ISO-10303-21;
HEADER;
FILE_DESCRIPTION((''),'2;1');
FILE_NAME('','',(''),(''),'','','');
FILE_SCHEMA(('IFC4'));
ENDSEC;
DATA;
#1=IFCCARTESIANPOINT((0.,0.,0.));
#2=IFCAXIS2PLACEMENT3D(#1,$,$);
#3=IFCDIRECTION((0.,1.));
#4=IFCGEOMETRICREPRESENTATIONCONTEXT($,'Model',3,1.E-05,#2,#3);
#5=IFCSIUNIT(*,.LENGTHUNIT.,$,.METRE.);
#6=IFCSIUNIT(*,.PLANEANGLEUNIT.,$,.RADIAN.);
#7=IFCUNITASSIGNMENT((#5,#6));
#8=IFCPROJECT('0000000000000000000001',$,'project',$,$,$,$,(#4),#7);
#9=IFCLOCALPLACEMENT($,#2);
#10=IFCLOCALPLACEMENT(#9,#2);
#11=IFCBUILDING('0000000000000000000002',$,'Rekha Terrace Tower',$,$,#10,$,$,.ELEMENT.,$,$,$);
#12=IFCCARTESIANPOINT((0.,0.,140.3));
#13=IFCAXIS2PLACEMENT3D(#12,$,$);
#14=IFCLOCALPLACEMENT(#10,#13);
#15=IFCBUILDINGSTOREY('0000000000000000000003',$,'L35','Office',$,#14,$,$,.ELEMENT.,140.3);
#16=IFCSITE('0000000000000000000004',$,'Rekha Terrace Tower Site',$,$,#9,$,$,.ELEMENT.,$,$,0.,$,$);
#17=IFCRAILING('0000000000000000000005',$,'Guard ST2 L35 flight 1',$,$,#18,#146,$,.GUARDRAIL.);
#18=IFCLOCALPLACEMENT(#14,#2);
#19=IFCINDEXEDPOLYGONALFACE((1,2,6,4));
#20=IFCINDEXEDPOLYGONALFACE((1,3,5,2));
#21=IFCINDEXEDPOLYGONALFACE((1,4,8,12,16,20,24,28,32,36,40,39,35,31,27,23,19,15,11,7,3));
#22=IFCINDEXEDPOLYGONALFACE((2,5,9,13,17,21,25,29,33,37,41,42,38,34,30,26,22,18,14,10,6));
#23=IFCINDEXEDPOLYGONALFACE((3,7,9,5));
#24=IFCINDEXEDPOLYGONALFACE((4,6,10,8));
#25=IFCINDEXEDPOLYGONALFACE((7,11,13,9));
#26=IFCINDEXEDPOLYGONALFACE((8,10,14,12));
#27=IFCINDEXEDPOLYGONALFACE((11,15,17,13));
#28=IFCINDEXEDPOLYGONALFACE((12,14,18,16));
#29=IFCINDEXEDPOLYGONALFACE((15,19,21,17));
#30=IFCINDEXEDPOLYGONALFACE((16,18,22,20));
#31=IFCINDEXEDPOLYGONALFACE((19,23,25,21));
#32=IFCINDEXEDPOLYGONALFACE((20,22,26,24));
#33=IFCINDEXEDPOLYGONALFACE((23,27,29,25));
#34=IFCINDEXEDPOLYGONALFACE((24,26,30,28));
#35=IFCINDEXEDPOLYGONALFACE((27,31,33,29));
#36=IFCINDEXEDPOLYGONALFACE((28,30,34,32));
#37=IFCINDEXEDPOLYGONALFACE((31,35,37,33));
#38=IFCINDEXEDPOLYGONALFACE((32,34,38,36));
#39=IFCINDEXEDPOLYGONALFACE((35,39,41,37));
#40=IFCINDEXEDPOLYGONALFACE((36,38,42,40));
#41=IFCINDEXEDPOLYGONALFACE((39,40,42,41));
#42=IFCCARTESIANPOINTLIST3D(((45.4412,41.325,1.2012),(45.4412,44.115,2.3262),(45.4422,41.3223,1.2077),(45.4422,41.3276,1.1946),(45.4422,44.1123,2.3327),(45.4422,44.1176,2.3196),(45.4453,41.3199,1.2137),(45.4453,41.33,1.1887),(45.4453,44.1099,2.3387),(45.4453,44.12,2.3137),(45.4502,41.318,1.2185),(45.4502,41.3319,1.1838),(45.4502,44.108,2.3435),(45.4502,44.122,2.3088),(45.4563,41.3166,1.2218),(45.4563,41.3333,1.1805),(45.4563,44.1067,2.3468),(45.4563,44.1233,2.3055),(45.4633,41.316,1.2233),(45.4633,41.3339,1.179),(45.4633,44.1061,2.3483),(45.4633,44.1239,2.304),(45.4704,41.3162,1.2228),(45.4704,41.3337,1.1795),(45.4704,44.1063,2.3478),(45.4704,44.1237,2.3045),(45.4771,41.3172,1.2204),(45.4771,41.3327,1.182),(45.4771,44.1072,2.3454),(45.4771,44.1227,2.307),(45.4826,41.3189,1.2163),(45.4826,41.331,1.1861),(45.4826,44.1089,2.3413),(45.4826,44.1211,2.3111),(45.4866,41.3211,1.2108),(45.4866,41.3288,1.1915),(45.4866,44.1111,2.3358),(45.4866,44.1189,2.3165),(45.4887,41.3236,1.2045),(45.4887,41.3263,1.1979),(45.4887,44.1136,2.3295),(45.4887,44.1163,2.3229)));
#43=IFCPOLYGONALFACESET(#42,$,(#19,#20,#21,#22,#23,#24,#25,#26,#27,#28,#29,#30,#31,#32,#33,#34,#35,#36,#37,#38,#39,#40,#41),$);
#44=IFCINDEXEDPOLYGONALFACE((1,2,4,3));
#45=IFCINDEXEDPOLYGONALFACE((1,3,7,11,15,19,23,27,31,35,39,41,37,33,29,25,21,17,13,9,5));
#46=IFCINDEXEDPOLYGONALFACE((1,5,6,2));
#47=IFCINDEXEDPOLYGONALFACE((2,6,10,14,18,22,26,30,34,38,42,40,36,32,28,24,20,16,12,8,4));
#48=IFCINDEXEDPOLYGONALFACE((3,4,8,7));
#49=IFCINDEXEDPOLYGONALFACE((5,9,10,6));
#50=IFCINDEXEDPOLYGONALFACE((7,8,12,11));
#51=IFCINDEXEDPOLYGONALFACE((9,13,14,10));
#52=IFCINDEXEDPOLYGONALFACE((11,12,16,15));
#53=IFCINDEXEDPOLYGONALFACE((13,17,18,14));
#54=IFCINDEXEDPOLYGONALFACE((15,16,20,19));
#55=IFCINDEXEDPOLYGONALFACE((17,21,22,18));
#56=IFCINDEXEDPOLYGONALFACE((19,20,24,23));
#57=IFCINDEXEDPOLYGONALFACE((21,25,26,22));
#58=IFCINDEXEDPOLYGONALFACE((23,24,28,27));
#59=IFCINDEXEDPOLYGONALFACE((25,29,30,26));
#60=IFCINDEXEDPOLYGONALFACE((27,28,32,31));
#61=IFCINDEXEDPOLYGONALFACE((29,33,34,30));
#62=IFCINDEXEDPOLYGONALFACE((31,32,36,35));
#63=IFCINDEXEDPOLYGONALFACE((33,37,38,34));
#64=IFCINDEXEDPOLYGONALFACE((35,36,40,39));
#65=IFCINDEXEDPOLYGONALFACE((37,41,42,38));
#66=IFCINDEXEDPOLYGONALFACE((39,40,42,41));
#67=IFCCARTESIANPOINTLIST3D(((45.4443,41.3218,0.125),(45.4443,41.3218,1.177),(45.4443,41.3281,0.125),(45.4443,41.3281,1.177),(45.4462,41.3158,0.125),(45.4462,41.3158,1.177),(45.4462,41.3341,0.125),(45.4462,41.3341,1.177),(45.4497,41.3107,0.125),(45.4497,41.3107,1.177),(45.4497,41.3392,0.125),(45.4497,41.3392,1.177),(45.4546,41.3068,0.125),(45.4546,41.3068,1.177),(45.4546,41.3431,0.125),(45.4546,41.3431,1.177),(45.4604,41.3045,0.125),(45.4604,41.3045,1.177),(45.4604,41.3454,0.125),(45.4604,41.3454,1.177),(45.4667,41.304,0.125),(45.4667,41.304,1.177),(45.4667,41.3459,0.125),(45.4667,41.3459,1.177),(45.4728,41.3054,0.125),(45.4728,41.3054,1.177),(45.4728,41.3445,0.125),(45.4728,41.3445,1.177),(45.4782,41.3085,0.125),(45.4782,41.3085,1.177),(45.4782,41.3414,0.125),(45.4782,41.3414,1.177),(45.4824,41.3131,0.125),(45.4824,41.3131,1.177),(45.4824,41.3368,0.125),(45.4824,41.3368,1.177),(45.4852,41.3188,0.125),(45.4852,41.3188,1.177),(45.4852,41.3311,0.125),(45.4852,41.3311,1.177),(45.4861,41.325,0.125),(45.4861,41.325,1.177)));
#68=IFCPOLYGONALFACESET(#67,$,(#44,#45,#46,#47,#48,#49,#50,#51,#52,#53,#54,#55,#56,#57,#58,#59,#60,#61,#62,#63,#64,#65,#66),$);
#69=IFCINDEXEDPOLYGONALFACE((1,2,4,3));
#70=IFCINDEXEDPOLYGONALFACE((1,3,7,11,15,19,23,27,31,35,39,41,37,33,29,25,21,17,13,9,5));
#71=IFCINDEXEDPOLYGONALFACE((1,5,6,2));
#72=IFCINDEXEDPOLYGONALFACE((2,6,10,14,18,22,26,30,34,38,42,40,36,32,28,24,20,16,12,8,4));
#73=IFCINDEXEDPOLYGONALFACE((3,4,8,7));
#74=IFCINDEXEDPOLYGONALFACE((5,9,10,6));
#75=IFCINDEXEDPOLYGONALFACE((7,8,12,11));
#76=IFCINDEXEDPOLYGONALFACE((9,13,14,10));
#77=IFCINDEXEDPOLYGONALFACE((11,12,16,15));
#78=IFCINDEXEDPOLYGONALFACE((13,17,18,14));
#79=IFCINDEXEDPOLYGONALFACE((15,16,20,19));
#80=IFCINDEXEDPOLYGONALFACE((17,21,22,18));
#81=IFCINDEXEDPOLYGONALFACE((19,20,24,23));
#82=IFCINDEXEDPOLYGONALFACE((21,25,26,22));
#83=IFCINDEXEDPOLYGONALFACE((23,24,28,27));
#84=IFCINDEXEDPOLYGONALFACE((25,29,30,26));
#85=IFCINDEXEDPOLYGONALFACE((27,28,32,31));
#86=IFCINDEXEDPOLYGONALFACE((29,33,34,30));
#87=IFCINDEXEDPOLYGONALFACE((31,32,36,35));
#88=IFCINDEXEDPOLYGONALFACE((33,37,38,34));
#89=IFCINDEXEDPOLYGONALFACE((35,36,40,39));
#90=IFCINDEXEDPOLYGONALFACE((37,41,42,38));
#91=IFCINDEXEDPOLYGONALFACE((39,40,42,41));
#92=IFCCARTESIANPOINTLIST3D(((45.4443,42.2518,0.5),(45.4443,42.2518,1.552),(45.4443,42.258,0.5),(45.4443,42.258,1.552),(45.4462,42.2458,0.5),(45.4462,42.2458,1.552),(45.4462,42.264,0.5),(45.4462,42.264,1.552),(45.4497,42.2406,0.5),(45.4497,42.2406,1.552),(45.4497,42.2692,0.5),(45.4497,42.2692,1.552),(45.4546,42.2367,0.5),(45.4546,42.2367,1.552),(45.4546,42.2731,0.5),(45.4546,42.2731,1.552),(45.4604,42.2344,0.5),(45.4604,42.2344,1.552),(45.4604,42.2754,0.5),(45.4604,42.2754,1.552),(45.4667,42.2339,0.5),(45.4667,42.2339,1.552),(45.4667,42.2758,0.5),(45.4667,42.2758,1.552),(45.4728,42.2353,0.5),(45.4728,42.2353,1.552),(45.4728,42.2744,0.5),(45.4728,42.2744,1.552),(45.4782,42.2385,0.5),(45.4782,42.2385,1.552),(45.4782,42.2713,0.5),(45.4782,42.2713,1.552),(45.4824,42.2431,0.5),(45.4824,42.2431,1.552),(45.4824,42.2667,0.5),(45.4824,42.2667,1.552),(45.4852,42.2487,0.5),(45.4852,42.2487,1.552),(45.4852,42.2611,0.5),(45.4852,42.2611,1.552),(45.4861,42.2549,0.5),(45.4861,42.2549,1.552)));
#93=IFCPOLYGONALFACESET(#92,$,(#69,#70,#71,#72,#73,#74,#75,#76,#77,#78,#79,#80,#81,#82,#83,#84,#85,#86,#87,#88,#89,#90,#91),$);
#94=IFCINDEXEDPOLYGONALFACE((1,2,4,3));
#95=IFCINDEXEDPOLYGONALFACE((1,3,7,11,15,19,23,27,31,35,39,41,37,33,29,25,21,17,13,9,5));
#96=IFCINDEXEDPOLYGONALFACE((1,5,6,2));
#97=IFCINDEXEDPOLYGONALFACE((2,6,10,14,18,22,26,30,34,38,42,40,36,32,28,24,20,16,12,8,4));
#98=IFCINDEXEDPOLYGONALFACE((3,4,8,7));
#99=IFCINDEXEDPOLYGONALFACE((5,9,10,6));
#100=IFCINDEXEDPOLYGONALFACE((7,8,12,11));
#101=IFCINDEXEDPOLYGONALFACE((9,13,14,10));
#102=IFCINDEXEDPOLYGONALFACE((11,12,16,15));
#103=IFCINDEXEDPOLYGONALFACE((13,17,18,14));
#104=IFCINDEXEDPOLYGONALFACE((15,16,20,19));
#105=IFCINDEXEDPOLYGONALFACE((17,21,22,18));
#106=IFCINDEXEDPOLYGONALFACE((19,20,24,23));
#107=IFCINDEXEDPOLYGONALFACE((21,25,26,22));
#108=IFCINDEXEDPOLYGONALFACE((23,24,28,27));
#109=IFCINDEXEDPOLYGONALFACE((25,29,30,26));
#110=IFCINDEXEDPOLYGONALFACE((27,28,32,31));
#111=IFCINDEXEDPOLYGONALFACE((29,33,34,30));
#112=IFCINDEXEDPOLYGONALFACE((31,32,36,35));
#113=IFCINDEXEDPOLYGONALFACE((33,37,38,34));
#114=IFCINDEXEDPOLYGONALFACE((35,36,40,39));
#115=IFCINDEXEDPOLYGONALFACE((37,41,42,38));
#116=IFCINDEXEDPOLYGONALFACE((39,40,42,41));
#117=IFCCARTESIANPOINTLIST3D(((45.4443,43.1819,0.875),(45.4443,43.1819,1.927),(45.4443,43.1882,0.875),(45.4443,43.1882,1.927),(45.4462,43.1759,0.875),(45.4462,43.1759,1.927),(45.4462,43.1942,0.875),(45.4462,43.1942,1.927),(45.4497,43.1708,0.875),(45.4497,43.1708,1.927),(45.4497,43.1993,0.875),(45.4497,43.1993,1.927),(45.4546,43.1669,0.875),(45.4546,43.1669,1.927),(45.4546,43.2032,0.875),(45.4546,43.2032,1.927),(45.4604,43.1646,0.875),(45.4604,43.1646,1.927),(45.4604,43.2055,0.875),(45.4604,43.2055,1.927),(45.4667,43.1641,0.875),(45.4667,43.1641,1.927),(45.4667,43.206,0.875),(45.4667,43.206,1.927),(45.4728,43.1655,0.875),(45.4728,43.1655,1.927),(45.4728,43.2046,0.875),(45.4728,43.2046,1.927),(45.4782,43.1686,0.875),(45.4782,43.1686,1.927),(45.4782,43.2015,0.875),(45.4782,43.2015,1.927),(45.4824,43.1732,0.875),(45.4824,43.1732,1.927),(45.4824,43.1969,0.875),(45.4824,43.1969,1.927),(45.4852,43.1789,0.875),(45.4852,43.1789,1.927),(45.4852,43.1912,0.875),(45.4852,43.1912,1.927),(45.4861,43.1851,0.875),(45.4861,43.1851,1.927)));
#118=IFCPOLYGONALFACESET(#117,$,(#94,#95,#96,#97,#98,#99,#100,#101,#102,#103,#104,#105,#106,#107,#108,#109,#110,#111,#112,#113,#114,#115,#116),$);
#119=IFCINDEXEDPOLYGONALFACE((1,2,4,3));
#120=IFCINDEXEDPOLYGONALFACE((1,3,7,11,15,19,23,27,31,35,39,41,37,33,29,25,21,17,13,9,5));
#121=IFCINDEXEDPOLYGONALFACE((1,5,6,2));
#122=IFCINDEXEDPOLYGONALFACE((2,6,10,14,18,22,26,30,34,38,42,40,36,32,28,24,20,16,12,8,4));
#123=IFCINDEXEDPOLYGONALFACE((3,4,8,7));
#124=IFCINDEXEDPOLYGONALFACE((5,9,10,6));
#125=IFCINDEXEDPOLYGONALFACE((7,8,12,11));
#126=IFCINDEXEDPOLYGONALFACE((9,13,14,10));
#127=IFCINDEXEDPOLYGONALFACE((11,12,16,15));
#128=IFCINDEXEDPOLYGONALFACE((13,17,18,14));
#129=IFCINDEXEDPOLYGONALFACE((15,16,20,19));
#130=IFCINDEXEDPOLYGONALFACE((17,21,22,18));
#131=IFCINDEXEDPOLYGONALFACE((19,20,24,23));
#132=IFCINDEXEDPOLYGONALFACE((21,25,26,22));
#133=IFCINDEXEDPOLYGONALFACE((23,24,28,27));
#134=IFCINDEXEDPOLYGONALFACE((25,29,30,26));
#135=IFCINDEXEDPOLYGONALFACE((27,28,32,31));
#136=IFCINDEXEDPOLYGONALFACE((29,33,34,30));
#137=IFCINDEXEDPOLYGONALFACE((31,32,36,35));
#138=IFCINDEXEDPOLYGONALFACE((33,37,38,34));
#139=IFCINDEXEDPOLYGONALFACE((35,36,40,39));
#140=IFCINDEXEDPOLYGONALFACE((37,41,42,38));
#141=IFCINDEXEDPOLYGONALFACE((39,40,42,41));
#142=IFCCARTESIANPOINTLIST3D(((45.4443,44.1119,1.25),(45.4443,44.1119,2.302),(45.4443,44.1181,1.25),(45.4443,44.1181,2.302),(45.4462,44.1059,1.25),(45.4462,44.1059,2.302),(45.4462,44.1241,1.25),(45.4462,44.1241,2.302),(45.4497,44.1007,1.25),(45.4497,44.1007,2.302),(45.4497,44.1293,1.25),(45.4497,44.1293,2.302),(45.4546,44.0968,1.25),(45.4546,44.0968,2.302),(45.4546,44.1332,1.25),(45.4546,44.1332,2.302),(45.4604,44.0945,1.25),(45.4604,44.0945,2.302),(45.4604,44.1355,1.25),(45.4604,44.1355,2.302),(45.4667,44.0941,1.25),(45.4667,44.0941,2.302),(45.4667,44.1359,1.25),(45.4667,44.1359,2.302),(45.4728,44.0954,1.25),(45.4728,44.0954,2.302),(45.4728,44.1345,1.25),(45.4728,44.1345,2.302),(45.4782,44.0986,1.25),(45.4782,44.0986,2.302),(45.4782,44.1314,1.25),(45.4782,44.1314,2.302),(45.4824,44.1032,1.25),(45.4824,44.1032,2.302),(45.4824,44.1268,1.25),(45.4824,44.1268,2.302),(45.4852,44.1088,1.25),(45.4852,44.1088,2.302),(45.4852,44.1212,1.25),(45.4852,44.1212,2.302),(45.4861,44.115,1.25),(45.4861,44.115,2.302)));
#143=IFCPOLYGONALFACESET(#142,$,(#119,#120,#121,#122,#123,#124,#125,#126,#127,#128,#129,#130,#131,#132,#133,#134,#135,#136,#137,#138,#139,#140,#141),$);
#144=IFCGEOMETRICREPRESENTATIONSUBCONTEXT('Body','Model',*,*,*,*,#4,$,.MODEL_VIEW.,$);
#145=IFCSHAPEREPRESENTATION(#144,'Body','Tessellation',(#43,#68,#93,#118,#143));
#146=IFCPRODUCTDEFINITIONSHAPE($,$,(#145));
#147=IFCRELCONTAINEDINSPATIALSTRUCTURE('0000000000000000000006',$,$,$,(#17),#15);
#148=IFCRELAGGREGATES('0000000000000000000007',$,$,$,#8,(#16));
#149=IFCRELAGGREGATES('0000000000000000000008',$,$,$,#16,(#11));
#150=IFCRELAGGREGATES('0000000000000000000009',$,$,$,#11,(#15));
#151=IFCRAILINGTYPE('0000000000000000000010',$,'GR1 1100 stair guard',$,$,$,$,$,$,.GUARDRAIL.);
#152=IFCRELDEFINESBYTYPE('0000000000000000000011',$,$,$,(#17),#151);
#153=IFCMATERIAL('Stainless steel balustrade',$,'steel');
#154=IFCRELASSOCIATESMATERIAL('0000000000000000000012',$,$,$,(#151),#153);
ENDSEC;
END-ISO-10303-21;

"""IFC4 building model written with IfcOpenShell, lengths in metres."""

from ifc_helpers import new_model, si_unit, direction, frame, origin, origin_2d, place, context, subcontext, project, spatial, circle, extrude, material, type_object, element, save


model = new_model("IFC4")

# Units and contexts
model_context = context("Model", 3, precision=1e-05, world=origin(), true_north=direction((0.0, 1.0)))
body_context = subcontext(model_context, "Body", "Model", "MODEL_VIEW")
ifc_project = project(units=[si_unit("LENGTHUNIT", "METRE"), si_unit("PLANEANGLEUNIT", "RADIAN")], contexts=[model_context])

# Site, building, storey
site_placement = place(None, origin())
site = spatial("IfcSite", under=ifc_project, at=site_placement, Name="Rekha Terrace Tower Site", CompositionType="ELEMENT", RefElevation=0.0)
building_placement = place(site_placement, origin())
building = spatial("IfcBuilding", under=site, at=building_placement, Name="Rekha Terrace Tower", CompositionType="ELEMENT")
storey_placement = place(building_placement, frame((0.0, 0.0, 140.3)))
storey = spatial("IfcBuildingStorey", under=building, at=storey_placement, Name="L35", Description="Office", CompositionType="ELEMENT", Elevation=140.3)

# Railing
ifc_material_1 = material(Name="Stainless steel balustrade", Category="steel")
railing_type_1 = type_object("IfcRailingType", Name="GR1 1100 stair guard", PredefinedType="GUARDRAIL", material=ifc_material_1)
railing_1_placement = place(storey_placement, frame((45.4651, 41.325, 0.125)))
element("IfcRailing", 1, at=railing_1_placement, inside=storey, type_object=railing_type_1, Name="Guard ST2 L35 flight 1", PredefinedType="GUARDRAIL", context=body_context, shape_type="SweptSolid", body=[
    extrude(circle(Radius=0.0239, at=origin_2d()), frame((0.0, 0.0, 1.0762), z_axis=(0.0, 0.927443, 0.373964), x_axis=(-1.0, 0.0, 0.0)), (0.0, 0.0, 1.0), 3.0083),
    extrude(circle(Radius=0.021, at=origin_2d()), origin(), (0.0, 0.0, 1.0), 1.052),
    extrude(circle(Radius=0.021, at=origin_2d()), frame((0.0, 0.9299, 0.375)), (0.0, 0.0, 1.0), 1.052),
    extrude(circle(Radius=0.021, at=origin_2d()), frame((0.0, 1.8601, 0.75)), (0.0, 0.0, 1.0), 1.052),
    extrude(circle(Radius=0.021, at=origin_2d()), frame((0.0, 2.79, 1.125)), (0.0, 0.0, 1.0), 1.052),
])

save(model, "model.ifc")
